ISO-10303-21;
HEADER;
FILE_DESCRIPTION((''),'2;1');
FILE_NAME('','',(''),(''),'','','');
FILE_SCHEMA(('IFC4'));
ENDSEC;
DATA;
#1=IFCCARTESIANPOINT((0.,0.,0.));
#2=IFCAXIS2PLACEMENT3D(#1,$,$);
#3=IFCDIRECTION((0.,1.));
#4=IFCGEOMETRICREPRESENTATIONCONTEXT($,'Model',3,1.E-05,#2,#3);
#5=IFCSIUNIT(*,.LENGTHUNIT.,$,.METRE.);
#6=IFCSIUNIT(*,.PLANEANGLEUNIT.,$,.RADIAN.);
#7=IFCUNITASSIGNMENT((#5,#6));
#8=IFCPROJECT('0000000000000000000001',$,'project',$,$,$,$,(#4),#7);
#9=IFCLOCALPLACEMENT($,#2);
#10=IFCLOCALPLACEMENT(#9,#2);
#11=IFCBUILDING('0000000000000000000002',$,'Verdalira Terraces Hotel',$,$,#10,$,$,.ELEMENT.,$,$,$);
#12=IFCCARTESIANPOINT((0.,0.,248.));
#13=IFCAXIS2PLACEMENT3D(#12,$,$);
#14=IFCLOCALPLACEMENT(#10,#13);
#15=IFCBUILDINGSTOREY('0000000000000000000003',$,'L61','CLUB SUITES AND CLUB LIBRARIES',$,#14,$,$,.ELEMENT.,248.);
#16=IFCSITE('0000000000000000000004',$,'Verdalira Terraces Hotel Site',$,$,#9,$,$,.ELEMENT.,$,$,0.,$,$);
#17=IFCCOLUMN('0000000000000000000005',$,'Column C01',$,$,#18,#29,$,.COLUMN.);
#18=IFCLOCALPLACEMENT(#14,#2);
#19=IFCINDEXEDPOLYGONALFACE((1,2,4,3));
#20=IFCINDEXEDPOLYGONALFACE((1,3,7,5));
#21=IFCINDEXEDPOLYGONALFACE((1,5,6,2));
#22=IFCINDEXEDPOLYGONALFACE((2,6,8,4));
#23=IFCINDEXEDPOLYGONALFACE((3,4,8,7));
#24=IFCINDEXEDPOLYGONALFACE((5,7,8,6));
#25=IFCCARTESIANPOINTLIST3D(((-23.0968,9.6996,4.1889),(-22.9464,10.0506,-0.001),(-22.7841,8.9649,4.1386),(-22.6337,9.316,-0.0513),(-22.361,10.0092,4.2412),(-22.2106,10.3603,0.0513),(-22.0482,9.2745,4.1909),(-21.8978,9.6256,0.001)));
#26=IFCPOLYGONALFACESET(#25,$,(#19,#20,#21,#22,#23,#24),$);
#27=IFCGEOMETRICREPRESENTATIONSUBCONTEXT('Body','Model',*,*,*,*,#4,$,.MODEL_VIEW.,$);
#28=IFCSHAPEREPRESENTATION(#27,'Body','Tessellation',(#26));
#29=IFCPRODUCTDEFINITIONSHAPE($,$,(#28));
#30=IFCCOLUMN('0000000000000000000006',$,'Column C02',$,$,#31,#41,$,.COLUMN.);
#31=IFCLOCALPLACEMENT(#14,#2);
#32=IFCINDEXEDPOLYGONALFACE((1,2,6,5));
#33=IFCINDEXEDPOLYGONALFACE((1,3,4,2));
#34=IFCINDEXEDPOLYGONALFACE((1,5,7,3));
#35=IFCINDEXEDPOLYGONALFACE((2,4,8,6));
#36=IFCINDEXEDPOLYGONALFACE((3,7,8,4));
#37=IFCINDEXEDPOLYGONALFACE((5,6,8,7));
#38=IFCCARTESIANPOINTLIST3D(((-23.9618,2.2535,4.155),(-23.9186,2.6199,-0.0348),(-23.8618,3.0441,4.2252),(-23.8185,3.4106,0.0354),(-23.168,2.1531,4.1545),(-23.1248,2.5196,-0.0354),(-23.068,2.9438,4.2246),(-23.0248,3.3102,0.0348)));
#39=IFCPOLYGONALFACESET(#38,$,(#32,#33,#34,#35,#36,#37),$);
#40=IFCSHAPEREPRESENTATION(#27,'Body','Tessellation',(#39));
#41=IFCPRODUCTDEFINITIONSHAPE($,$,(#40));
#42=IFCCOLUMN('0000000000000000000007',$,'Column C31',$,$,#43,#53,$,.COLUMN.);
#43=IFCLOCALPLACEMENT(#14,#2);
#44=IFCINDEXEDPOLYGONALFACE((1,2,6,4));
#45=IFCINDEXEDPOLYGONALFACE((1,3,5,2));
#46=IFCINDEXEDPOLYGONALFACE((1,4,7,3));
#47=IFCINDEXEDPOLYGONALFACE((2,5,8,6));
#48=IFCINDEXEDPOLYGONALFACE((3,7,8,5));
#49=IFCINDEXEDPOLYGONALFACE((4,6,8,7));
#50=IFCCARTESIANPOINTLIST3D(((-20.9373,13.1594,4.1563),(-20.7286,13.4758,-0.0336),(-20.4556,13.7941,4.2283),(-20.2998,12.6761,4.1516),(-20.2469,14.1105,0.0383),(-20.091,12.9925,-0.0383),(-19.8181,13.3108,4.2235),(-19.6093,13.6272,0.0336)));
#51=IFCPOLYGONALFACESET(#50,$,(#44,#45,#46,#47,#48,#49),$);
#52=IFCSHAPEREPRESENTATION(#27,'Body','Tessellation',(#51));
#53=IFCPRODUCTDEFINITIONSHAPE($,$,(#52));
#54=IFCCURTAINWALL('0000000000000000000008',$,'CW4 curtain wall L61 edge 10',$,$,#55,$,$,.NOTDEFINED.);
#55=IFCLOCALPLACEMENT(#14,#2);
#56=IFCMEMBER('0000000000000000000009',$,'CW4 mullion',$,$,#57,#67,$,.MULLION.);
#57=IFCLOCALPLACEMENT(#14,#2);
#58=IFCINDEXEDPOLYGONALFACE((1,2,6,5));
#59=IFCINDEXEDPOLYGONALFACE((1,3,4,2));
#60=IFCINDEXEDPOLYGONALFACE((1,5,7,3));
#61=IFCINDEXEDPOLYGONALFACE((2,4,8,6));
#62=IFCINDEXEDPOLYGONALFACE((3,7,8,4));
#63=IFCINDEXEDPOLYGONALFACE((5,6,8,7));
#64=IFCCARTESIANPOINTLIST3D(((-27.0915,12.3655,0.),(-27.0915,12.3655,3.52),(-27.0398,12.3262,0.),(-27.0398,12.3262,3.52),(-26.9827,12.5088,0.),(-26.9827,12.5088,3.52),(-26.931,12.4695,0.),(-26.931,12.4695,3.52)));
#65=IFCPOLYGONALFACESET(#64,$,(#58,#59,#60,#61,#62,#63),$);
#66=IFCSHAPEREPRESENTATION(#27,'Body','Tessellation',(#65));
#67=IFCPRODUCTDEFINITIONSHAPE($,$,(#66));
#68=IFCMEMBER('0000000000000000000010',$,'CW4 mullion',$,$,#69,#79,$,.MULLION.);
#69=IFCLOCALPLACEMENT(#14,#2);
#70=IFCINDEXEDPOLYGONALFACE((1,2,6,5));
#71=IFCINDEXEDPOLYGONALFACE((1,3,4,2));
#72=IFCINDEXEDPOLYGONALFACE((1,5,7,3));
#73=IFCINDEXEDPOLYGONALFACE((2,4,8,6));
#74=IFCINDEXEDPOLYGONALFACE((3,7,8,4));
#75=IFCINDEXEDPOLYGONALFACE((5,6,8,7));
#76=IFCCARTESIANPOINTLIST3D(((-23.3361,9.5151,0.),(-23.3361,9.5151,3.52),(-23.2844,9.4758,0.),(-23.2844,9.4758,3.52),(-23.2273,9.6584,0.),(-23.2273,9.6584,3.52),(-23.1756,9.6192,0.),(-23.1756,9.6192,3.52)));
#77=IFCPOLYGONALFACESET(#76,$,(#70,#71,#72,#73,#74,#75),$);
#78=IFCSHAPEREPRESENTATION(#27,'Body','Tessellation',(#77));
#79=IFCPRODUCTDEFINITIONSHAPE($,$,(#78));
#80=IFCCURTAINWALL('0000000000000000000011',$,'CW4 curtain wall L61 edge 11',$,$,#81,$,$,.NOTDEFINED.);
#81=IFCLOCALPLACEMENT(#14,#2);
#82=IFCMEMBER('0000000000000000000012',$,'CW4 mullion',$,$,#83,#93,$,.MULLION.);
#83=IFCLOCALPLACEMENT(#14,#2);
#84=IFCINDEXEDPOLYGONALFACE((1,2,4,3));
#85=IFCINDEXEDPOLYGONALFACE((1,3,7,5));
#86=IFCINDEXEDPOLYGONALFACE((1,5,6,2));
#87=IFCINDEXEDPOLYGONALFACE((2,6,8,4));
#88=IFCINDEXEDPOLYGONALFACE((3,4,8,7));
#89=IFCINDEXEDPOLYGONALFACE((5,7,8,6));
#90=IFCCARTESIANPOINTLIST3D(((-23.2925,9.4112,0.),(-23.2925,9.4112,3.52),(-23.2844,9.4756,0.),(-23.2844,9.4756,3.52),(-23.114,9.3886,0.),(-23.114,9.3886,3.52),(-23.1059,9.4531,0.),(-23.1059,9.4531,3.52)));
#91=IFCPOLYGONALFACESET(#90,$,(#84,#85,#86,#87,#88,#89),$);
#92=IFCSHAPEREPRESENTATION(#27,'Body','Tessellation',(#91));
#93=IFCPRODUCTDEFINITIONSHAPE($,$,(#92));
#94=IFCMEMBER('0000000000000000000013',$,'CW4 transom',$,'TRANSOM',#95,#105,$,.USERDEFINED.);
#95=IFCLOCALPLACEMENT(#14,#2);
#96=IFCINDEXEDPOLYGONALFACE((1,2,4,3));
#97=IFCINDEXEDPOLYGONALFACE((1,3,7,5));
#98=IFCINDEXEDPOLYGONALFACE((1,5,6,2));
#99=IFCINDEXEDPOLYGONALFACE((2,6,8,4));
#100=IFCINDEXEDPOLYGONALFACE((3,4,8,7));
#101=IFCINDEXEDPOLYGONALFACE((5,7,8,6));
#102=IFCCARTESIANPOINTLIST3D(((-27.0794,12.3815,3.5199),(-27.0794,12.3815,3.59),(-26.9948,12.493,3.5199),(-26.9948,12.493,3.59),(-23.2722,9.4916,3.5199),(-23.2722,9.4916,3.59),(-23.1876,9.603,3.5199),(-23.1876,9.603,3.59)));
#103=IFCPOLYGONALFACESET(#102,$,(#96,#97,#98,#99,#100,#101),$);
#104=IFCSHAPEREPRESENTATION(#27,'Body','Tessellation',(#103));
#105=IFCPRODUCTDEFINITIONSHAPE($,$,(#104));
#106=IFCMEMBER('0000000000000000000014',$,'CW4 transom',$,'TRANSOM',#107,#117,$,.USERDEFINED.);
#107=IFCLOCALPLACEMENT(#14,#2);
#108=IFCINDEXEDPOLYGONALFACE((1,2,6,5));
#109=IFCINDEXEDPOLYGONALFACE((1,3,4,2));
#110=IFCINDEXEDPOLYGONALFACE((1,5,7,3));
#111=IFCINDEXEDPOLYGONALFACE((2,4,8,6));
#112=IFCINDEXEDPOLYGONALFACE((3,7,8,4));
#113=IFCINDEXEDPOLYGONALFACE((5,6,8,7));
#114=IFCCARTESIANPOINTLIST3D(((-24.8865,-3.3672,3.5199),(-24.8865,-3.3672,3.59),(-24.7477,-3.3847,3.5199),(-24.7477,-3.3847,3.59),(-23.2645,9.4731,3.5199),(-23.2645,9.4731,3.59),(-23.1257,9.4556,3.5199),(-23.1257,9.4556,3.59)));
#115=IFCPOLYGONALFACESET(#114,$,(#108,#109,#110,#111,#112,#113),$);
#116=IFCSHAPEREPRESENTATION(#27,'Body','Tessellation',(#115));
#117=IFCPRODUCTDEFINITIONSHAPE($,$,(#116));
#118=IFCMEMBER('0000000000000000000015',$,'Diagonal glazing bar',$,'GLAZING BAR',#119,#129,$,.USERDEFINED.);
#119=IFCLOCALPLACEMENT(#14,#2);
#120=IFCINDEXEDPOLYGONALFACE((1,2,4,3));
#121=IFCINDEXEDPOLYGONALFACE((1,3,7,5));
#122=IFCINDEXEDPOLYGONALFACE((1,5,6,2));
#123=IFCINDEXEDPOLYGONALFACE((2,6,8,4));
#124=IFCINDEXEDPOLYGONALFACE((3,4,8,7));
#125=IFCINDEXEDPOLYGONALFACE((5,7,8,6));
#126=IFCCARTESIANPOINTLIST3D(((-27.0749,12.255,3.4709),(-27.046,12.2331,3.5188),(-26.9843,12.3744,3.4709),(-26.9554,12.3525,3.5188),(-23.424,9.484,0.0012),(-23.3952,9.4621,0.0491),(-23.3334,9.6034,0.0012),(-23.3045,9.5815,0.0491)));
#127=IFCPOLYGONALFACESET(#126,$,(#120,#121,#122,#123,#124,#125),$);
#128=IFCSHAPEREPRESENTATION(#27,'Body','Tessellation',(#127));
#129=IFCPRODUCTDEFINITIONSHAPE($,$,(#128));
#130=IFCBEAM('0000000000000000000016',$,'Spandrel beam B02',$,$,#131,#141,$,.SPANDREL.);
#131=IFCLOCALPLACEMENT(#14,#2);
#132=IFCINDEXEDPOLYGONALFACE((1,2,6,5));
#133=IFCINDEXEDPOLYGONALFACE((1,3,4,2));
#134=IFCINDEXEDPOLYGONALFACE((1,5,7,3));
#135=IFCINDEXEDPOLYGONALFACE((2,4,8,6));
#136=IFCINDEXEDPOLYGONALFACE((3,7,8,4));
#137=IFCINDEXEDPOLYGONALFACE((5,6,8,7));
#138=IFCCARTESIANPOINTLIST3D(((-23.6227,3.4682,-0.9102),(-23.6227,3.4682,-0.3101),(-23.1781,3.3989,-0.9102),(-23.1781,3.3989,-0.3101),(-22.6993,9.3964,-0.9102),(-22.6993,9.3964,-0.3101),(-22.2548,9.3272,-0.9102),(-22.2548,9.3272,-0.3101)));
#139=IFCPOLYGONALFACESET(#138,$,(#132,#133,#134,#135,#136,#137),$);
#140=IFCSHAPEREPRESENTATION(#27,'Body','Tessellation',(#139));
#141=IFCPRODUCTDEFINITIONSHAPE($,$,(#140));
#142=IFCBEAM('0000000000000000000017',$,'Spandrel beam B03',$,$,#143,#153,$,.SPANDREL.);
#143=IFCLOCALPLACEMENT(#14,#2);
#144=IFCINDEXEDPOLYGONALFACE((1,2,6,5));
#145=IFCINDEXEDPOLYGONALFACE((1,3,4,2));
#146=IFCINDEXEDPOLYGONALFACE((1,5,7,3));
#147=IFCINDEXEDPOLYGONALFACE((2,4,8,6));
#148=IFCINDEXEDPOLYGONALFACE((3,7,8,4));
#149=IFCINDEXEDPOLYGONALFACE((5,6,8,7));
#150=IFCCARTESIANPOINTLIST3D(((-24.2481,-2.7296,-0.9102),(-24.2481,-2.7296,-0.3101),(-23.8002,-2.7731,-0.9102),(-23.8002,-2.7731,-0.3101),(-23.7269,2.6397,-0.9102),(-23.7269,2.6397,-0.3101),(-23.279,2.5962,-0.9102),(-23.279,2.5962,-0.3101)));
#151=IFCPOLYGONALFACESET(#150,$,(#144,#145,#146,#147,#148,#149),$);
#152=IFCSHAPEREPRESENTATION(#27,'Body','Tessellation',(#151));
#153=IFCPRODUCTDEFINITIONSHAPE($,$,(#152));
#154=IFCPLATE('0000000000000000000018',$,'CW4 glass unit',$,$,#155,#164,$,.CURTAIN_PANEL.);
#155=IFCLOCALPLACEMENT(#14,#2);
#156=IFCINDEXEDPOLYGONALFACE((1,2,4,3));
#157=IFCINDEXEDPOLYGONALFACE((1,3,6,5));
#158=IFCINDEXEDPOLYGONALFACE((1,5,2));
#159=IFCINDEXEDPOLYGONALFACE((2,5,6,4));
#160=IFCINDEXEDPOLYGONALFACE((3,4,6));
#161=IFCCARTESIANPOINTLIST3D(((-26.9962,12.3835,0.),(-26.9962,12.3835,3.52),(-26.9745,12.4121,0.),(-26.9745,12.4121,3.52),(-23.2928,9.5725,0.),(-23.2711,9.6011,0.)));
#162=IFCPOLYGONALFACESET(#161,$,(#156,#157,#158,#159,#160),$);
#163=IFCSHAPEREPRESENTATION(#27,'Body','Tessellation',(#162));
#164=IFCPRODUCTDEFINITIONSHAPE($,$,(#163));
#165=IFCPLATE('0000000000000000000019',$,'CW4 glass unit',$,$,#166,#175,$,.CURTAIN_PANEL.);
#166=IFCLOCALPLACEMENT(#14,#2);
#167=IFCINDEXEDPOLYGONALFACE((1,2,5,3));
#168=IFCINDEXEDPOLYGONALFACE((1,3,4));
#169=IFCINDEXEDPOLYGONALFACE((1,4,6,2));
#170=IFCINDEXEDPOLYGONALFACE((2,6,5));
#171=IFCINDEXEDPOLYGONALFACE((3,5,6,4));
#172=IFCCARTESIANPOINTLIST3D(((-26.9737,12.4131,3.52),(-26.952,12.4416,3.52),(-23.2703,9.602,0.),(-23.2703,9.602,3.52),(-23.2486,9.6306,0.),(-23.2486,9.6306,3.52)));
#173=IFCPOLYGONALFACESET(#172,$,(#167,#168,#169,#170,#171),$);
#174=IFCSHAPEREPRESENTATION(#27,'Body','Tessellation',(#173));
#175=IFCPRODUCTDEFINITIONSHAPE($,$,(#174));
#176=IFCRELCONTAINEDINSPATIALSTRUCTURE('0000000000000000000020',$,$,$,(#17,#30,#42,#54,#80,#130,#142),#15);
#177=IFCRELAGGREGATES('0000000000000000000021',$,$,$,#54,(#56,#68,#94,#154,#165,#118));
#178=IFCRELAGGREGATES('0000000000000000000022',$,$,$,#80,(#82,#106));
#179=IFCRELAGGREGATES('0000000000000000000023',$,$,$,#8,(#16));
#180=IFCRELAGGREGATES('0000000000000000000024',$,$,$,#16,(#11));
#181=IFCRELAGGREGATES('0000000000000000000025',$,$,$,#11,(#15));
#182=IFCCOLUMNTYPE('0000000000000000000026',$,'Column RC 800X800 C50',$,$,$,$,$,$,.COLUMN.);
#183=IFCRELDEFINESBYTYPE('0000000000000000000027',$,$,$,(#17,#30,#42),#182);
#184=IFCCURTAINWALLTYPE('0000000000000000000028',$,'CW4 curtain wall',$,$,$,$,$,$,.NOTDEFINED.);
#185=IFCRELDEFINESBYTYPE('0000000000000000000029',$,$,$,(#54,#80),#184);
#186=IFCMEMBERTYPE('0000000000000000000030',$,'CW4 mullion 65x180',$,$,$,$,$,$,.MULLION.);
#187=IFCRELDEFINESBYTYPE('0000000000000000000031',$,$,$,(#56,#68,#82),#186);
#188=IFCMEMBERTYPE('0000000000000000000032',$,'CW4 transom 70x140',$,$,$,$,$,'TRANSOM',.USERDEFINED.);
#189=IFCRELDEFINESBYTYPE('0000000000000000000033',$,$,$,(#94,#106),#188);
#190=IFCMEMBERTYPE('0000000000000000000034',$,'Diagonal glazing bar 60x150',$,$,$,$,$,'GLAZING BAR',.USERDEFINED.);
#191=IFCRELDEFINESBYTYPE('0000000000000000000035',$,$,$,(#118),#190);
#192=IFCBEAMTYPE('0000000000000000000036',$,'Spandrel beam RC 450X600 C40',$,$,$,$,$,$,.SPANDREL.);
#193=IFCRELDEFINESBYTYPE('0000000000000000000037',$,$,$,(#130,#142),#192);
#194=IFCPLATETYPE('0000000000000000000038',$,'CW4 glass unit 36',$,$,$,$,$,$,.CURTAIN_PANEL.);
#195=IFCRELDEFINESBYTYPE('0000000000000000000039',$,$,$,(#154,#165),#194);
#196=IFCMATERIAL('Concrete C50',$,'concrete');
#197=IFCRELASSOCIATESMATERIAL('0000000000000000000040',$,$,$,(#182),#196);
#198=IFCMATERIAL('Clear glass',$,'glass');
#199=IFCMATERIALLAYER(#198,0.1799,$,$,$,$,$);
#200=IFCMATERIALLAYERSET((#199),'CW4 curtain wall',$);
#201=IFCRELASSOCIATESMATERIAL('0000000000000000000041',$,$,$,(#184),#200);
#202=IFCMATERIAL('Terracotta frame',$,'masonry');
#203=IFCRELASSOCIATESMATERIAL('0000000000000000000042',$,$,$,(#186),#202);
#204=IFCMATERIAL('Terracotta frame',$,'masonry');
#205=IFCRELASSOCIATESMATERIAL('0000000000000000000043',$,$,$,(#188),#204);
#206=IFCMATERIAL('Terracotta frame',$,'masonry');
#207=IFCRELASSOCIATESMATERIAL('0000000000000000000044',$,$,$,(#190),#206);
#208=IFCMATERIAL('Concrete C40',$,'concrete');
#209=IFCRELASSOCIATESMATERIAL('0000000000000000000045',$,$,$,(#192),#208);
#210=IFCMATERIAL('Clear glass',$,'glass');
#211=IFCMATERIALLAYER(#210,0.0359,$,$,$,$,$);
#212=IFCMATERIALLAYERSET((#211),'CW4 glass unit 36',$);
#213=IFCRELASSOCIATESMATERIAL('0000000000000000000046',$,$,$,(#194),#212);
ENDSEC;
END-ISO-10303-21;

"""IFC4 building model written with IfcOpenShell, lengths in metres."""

from ifc_helpers import new_model, si_unit, direction, frame, origin, origin_2d, place, context, subcontext, project, spatial, polyline, rectangle, outline, extrude, material, layer, layer_set, material_profile, profile_set, type_object, element, aggregate, save


model = new_model("IFC4")

# Units and contexts
model_context = context("Model", 3, precision=1e-05, world=origin(), true_north=direction((0.0, 1.0)))
body_context = subcontext(model_context, "Body", "Model", "MODEL_VIEW")
ifc_project = project(units=[si_unit("LENGTHUNIT", "METRE"), si_unit("PLANEANGLEUNIT", "RADIAN")], contexts=[model_context])

# Site, building, storey
site_placement = place(None, origin())
site = spatial("IfcSite", under=ifc_project, at=site_placement, Name="Verdalira Terraces Hotel Site", CompositionType="ELEMENT", RefElevation=0.0)
building_placement = place(site_placement, origin())
building = spatial("IfcBuilding", under=site, at=building_placement, Name="Verdalira Terraces Hotel", CompositionType="ELEMENT")
storey_placement = place(building_placement, frame((0.0, 0.0, 248.0)))
storey = spatial("IfcBuildingStorey", under=building, at=storey_placement, Name="L61", Description="CLUB SUITES AND CLUB LIBRARIES", CompositionType="ELEMENT", Elevation=248.0)

# Columns
ifc_material_1 = material(Name="Concrete C50", Category="concrete")
ifc_material_profile_1 = material_profile(ifc_material_1, rectangle(XDim=0.8, YDim=0.8, at=origin_2d()), Name="RC 800X800")
ifc_profile_set_1 = profile_set([ifc_material_profile_1], Name="Concrete C50")
column_type = type_object("IfcColumnType", Name="Column RC 800X800 C50", PredefinedType="COLUMN", material=ifc_profile_set_1)
column_1_placement = place(storey_placement, frame((-22.4221, 9.8381, 0.0), z_axis=(-0.035745, -0.083444, 0.995871), x_axis=(-0.390893, 0.918284, 0.062912)))
element("IfcColumn", 1, at=column_1_placement, inside=storey, type_object=column_type, Name="Column C01", PredefinedType="COLUMN", context=body_context, shape_type="SweptSolid", body=[
    extrude(rectangle(XDim=0.8, YDim=0.8, at=origin_2d()), origin(), (0.0, 0.0, 1.0), 4.2073),
])
column_2_placement = place(storey_placement, frame((-23.4717, 2.9651, 0.0), z_axis=(-0.010274, -0.087123, 0.996145), x_axis=(-0.125007, -0.98827, -0.087724)))
element("IfcColumn", 2, at=column_2_placement, inside=storey, type_object=column_type, Name="Column C02", PredefinedType="COLUMN", context=body_context, shape_type="SweptSolid", body=[
    extrude(rectangle(XDim=0.8, YDim=0.8, at=origin_2d()), origin(), (0.0, 0.0, 1.0), 4.2061),
])
column_3_placement = place(storey_placement, frame((-20.1689, 13.5515, 0.0), z_axis=(-0.049617, -0.075209, 0.995933), x_axis=(-0.796873, 0.604118, 0.005921)))
element("IfcColumn", 3, at=column_3_placement, inside=storey, type_object=column_type, Name="Column C31", PredefinedType="COLUMN", context=body_context, shape_type="SweptSolid", body=[
    extrude(rectangle(XDim=0.8, YDim=0.8, at=origin_2d()), origin(), (0.0, 0.0, 1.0), 4.207),
])

# Curtain wall, members
ifc_material_2 = material(Name="Clear glass", Category="glass")
ifc_layer_1 = layer(ifc_material_2, 0.1799)
ifc_layer_set_1 = layer_set([ifc_layer_1], Name="CW4 curtain wall")
curtain_wall_type = type_object("IfcCurtainWallType", Name="CW4 curtain wall", PredefinedType="NOTDEFINED", material=ifc_layer_set_1)
curtain_wall_1_placement = place(storey_placement, origin())
curtain_wall_1 = element("IfcCurtainWall", 4, at=curtain_wall_1_placement, inside=storey, type_object=curtain_wall_type, Name="CW4 curtain wall L61 edge 10", PredefinedType="NOTDEFINED")
ifc_material_3 = material(Name="Terracotta frame", Category="masonry")
ifc_material_profile_2 = material_profile(ifc_material_3, rectangle(XDim=0.0649, YDim=0.1799, at=origin_2d()), Name="MU 65x180")
ifc_profile_set_2 = profile_set([ifc_material_profile_2], Name="Terracotta frame")
member_type_1 = type_object("IfcMemberType", Name="CW4 mullion 65x180", PredefinedType="MULLION", material=ifc_profile_set_2)
member_1_placement = place(storey_placement, frame((-27.0112, 12.4175, 0.0), z_axis=(0.0, 0.0, 1.0), x_axis=(0.79653, -0.604599, 0.0)))
member_1 = element("IfcMember", 5, at=member_1_placement, type_object=member_type_1, Name="CW4 mullion", PredefinedType="MULLION", context=body_context, shape_type="SweptSolid", body=[
    extrude(rectangle(XDim=0.0649, YDim=0.1799, at=origin_2d()), origin(), (0.0, 0.0, 1.0), 3.52),
])
member_2_placement = place(storey_placement, frame((-23.2559, 9.5671, 0.0), z_axis=(0.0, 0.0, 1.0), x_axis=(0.79653, -0.604599, 0.0)))
member_2 = element("IfcMember", 6, at=member_2_placement, type_object=member_type_1, Name="CW4 mullion", PredefinedType="MULLION", context=body_context, shape_type="SweptSolid", body=[
    extrude(rectangle(XDim=0.0649, YDim=0.1799, at=origin_2d()), origin(), (0.0, 0.0, 1.0), 3.52),
])

# Curtain wall, member
curtain_wall_2_placement = place(storey_placement, origin())
curtain_wall_2 = element("IfcCurtainWall", 7, at=curtain_wall_2_placement, inside=storey, type_object=curtain_wall_type, Name="CW4 curtain wall L61 edge 11", PredefinedType="NOTDEFINED")
member_3_placement = place(storey_placement, frame((-23.1992, 9.4321, 0.0), z_axis=(0.0, 0.0, 1.0), x_axis=(-0.125333, -0.992115, 0.0)))
member_3 = element("IfcMember", 8, at=member_3_placement, type_object=member_type_1, Name="CW4 mullion", PredefinedType="MULLION", context=body_context, shape_type="SweptSolid", body=[
    extrude(rectangle(XDim=0.0649, YDim=0.1799, at=origin_2d()), origin(), (0.0, 0.0, 1.0), 3.52),
])

# Members
ifc_material_4 = material(Name="Terracotta frame", Category="masonry")
ifc_material_profile_3 = material_profile(ifc_material_4, rectangle(XDim=0.1399, YDim=0.0701, at=origin_2d()), Name="TR 70x140")
ifc_profile_set_3 = profile_set([ifc_material_profile_3], Name="Terracotta frame")
member_type_2 = type_object("IfcMemberType", Name="CW4 transom 70x140", ElementType="TRANSOM", PredefinedType="USERDEFINED", material=ifc_profile_set_3)
member_4_placement = place(storey_placement, frame((-27.0371, 12.4373, 3.5549), z_axis=(0.796517, -0.604616, 0.0), x_axis=(0.604616, 0.796517, 0.0)))
member_4 = element("IfcMember", 9, at=member_4_placement, type_object=member_type_2, Name="CW4 transom", ObjectType="TRANSOM", PredefinedType="USERDEFINED", context=body_context, shape_type="SweptSolid", body=[
    extrude(rectangle(XDim=0.1399, YDim=0.0701, at=origin_2d()), origin(), (0.0, 0.0, 1.0), 4.7798),
])
member_5_placement = place(storey_placement, frame((-23.1951, 9.4644, 3.5549), z_axis=(-0.12533, -0.992115, 0.0), x_axis=(0.992115, -0.12533, 0.0)))
member_5 = element("IfcMember", 10, at=member_5_placement, type_object=member_type_2, Name="CW4 transom", ObjectType="TRANSOM", PredefinedType="USERDEFINED", context=body_context, shape_type="SweptSolid", body=[
    extrude(rectangle(XDim=0.1399, YDim=0.0701, at=origin_2d()), origin(), (0.0, 0.0, 1.0), 12.9424),
])
ifc_material_5 = material(Name="Terracotta frame", Category="masonry")
ifc_material_profile_4 = material_profile(ifc_material_5, rectangle(XDim=0.1499, YDim=0.0601, at=origin_2d()), Name="GB 60x150")
ifc_profile_set_4 = profile_set([ifc_material_profile_4], Name="Terracotta frame")
member_type_3 = type_object("IfcMemberType", Name="Diagonal glazing bar 60x150", ElementType="GLAZING BAR", PredefinedType="USERDEFINED", material=ifc_profile_set_4)
member_6_placement = place(storey_placement, frame((-27.0151, 12.3037, 3.4949), z_axis=(0.635091, -0.48203, -0.603578), x_axis=(0.604575, 0.796548, 0.0)))
member_6 = element("IfcMember", 11, at=member_6_placement, type_object=member_type_3, Name="Diagonal glazing bar", ObjectType="GLAZING BAR", PredefinedType="USERDEFINED", context=body_context, shape_type="SweptSolid", body=[
    extrude(rectangle(XDim=0.1499, YDim=0.0601, at=origin_2d()), origin(), (0.0, 0.0, 1.0), 5.7485),
])

# Beams
ifc_material_6 = material(Name="Concrete C40", Category="concrete")
ifc_material_profile_5 = material_profile(ifc_material_6, rectangle(XDim=0.45, YDim=0.6001, at=origin_2d()), Name="RC 450X600")
ifc_profile_set_5 = profile_set([ifc_material_profile_5], Name="Concrete C40")
beam_type = type_object("IfcBeamType", Name="Spandrel beam RC 450X600 C40", PredefinedType="SPANDREL", material=ifc_profile_set_5)
beam_1_placement = place(storey_placement, frame((-22.4771, 9.3618, -0.6101), z_axis=(-0.153898, -0.988087, 0.0), x_axis=(0.988087, -0.153898, 0.0)))
element("IfcBeam", 12, at=beam_1_placement, inside=storey, type_object=beam_type, Name="Spandrel beam B02", PredefinedType="SPANDREL", context=body_context, shape_type="SweptSolid", body=[
    extrude(rectangle(XDim=0.45, YDim=0.6001, at=origin_2d()), origin(), (0.0, 0.0, 1.0), 5.9998),
])
beam_2_placement = place(storey_placement, frame((-23.5029, 2.6179, -0.6101), z_axis=(-0.096622, -0.995321, 0.0), x_axis=(0.995321, -0.096622, 0.0)))
element("IfcBeam", 13, at=beam_2_placement, inside=storey, type_object=beam_type, Name="Spandrel beam B03", PredefinedType="SPANDREL", context=body_context, shape_type="SweptSolid", body=[
    extrude(rectangle(XDim=0.45, YDim=0.6001, at=origin_2d()), origin(), (0.0, 0.0, 1.0), 5.3945),
])

# Plates
ifc_material_7 = material(Name="Clear glass", Category="glass")
ifc_layer_2 = layer(ifc_material_7, 0.0359)
ifc_layer_set_2 = layer_set([ifc_layer_2], Name="CW4 glass unit 36")
plate_type = type_object("IfcPlateType", Name="CW4 glass unit 36", PredefinedType="CURTAIN_PANEL", material=ifc_layer_set_2)
plate_1_placement = place(storey_placement, frame((-25.1228, 11.0066, 1.76), z_axis=(-0.604599, -0.79653, 0.0), x_axis=(0.79653, -0.604599, 0.0)))
plate_1 = element("IfcPlate", 14, at=plate_1_placement, type_object=plate_type, Name="CW4 glass unit", PredefinedType="CURTAIN_PANEL", context=body_context, shape_type="SweptSolid", body=[
    extrude(outline(polyline([(-2.3247, -1.76), (2.3247, -1.76), (-2.3247, 1.76), (-2.3247, -1.76)])), origin(), (0.0, 0.0, 1.0), 0.0359),
])
plate_2_placement = place(storey_placement, frame((-25.1003, 11.0361, 1.76), z_axis=(-0.604599, -0.79653, 0.0), x_axis=(0.79653, -0.604599, 0.0)))
plate_2 = element("IfcPlate", 15, at=plate_2_placement, type_object=plate_type, Name="CW4 glass unit", PredefinedType="CURTAIN_PANEL", context=body_context, shape_type="SweptSolid", body=[
    extrude(outline(polyline([(2.3247, -1.76), (2.3247, 1.76), (-2.3247, 1.76), (2.3247, -1.76)])), origin(), (0.0, 0.0, 1.0), 0.0359),
])
aggregate(curtain_wall_1, [member_1, member_2, member_4, plate_1, plate_2, member_6])
aggregate(curtain_wall_2, [member_3, member_5])

save(model, "model.ifc")
